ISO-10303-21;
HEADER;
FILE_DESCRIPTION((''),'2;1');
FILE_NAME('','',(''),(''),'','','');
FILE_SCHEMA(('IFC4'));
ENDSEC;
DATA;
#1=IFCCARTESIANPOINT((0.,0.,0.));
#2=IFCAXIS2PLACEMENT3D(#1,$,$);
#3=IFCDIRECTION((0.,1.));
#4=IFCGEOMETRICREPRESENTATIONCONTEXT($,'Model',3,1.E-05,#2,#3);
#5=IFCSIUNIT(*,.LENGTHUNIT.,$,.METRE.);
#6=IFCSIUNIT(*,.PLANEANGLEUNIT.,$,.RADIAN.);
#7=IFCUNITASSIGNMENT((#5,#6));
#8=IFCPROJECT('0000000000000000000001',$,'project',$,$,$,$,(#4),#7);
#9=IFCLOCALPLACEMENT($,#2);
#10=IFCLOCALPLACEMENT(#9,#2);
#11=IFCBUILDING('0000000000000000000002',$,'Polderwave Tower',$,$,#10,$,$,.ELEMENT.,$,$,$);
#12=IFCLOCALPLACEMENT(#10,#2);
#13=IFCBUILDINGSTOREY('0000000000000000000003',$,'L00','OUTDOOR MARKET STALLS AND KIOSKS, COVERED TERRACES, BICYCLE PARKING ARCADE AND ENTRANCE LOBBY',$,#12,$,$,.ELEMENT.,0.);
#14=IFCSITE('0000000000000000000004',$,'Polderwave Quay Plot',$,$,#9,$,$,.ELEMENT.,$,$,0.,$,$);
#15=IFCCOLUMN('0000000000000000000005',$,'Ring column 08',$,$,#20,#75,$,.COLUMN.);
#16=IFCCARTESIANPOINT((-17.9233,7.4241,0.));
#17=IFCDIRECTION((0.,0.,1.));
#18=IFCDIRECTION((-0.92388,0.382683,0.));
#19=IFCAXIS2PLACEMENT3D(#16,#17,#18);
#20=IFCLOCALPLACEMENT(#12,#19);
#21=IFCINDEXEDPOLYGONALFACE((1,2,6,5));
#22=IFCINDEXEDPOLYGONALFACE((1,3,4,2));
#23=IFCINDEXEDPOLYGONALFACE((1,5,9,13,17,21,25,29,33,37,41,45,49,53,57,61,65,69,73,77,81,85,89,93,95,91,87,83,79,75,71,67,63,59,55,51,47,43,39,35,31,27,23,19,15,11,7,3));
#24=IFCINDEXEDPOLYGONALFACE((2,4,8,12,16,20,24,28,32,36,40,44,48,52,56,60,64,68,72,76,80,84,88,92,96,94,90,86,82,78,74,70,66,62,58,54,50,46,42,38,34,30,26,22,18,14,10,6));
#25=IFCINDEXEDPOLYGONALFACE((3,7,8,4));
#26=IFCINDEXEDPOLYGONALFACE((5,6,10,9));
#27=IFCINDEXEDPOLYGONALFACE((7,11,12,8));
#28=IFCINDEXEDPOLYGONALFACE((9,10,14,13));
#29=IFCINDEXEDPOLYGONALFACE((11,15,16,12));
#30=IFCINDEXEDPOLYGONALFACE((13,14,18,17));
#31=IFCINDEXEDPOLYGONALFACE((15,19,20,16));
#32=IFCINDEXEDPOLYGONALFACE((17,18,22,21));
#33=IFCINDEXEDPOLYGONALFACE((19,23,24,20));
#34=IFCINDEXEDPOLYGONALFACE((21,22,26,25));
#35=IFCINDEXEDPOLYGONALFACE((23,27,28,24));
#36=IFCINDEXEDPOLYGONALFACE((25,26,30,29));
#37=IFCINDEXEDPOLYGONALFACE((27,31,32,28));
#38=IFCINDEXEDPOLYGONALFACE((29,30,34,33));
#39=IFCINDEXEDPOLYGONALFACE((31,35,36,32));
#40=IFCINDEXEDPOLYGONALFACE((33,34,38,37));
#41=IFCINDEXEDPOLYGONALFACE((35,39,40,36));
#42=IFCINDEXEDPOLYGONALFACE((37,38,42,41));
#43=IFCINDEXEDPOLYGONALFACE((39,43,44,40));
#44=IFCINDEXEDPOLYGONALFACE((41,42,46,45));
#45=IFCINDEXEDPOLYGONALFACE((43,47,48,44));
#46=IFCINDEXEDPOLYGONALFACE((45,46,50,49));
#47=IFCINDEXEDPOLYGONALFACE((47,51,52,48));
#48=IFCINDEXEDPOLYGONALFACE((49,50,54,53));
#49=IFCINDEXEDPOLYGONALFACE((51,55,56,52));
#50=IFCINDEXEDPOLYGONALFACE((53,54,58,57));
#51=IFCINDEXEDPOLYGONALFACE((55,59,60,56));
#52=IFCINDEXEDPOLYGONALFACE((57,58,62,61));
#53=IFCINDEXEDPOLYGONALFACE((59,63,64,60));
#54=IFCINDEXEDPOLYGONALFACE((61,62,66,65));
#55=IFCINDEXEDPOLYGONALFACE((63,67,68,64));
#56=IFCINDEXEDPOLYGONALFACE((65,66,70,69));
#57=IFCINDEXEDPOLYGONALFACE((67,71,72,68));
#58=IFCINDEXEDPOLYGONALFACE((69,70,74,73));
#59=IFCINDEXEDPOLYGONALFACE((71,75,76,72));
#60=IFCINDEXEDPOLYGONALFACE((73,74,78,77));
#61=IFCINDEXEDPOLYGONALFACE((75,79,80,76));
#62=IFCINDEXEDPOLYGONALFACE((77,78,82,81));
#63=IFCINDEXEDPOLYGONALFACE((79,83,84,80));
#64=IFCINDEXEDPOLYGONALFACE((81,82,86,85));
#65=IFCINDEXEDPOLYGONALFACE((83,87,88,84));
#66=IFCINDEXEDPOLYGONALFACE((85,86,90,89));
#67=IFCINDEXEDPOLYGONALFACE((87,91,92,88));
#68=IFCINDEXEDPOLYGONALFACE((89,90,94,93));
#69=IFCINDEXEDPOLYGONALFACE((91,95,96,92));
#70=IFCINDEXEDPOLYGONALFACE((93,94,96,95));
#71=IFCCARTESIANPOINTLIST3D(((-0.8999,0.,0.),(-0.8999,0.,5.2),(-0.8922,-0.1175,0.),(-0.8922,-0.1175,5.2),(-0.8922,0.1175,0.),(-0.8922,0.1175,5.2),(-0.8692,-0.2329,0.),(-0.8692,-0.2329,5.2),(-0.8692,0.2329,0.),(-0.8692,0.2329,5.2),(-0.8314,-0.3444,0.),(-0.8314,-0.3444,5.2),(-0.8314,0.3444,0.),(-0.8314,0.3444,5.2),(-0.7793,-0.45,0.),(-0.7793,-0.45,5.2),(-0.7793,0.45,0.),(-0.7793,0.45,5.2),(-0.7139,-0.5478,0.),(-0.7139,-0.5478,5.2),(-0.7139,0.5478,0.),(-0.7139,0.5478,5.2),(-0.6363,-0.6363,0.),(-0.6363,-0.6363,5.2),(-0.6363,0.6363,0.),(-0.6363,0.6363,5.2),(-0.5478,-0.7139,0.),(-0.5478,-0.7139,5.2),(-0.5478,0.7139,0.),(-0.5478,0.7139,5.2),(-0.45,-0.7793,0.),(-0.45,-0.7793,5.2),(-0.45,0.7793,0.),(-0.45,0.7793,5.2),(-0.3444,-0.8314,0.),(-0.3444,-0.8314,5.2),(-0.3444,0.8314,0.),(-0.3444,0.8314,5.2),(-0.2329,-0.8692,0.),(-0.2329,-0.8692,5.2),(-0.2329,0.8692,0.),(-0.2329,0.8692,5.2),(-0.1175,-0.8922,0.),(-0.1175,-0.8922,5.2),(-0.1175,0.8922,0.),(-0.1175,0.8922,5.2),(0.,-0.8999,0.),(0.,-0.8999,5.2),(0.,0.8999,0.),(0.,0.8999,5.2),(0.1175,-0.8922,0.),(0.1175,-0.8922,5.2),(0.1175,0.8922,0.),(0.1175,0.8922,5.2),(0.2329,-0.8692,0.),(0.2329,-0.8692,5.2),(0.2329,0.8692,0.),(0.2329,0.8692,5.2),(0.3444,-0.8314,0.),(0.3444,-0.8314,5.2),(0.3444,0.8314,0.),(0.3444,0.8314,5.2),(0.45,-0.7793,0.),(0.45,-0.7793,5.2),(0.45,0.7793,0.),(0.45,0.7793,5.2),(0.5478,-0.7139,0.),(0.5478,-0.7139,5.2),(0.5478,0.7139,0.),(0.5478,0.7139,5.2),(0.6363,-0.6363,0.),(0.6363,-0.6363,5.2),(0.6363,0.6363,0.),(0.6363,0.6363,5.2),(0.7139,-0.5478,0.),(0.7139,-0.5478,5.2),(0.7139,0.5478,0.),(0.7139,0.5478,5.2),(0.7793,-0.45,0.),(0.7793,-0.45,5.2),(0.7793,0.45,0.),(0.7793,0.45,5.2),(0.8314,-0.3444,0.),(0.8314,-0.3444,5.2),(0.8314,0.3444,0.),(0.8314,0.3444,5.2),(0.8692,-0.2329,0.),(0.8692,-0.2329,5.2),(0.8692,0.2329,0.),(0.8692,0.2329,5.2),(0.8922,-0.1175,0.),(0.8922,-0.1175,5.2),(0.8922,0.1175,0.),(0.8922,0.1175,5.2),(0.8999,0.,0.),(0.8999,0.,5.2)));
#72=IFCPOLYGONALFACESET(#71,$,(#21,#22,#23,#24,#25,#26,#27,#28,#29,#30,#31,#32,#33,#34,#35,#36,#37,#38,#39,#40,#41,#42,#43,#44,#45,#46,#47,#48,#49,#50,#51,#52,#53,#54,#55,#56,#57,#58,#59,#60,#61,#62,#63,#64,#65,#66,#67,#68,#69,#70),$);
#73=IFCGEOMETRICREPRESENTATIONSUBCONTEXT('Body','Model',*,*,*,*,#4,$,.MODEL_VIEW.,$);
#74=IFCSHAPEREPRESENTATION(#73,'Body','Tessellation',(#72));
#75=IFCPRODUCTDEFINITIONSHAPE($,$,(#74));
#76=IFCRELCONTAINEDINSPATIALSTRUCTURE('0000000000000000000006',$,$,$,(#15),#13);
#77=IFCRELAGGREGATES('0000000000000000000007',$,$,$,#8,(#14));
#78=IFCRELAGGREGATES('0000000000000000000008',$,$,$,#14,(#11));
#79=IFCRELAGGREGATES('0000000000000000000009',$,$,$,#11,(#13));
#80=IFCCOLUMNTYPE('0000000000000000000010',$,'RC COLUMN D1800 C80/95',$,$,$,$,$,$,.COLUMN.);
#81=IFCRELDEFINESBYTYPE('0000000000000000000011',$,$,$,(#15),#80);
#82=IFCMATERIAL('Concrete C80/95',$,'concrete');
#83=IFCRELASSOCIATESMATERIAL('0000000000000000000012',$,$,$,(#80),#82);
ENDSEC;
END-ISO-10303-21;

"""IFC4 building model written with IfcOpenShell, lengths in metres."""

from ifc_helpers import new_model, si_unit, direction, frame, origin, origin_2d, place, context, subcontext, project, spatial, circle, extrude, material, material_profile, profile_set, type_object, element, save


model = new_model("IFC4")

# Units and contexts
model_context = context("Model", 3, precision=1e-05, world=origin(), true_north=direction((0.0, 1.0)))
body_context = subcontext(model_context, "Body", "Model", "MODEL_VIEW")
ifc_project = project(units=[si_unit("LENGTHUNIT", "METRE"), si_unit("PLANEANGLEUNIT", "RADIAN")], contexts=[model_context])

# Site, building, storey
site_placement = place(None, origin())
site = spatial("IfcSite", under=ifc_project, at=site_placement, Name="Polderwave Quay Plot", CompositionType="ELEMENT", RefElevation=0.0)
building_placement = place(site_placement, origin())
building = spatial("IfcBuilding", under=site, at=building_placement, Name="Polderwave Tower", CompositionType="ELEMENT")
storey_placement = place(building_placement, origin())
storey = spatial("IfcBuildingStorey", under=building, at=storey_placement, Name="L00", Description="OUTDOOR MARKET STALLS AND KIOSKS, COVERED TERRACES, BICYCLE PARKING ARCADE AND ENTRANCE LOBBY", CompositionType="ELEMENT", Elevation=0.0)

# Column
ifc_material_1 = material(Name="Concrete C80/95", Category="concrete")
ifc_material_profile_1 = material_profile(ifc_material_1, circle(Radius=0.8999, at=origin_2d()), Name="RC D1800")
ifc_profile_set_1 = profile_set([ifc_material_profile_1], Name="Concrete C80/95")
column_type = type_object("IfcColumnType", Name="RC COLUMN D1800 C80/95", PredefinedType="COLUMN", material=ifc_profile_set_1)
column_placement = place(storey_placement, frame((-17.9233, 7.4241, 0.0), z_axis=(0.0, 0.0, 1.0), x_axis=(-0.92388, 0.382683, 0.0)))
element("IfcColumn", 1, at=column_placement, inside=storey, type_object=column_type, Name="Ring column 08", PredefinedType="COLUMN", context=body_context, shape_type="SweptSolid", body=[
    extrude(circle(Radius=0.8999, at=origin_2d()), origin(), (0.0, 0.0, 1.0), 5.2),
])

save(model, "model.ifc")
